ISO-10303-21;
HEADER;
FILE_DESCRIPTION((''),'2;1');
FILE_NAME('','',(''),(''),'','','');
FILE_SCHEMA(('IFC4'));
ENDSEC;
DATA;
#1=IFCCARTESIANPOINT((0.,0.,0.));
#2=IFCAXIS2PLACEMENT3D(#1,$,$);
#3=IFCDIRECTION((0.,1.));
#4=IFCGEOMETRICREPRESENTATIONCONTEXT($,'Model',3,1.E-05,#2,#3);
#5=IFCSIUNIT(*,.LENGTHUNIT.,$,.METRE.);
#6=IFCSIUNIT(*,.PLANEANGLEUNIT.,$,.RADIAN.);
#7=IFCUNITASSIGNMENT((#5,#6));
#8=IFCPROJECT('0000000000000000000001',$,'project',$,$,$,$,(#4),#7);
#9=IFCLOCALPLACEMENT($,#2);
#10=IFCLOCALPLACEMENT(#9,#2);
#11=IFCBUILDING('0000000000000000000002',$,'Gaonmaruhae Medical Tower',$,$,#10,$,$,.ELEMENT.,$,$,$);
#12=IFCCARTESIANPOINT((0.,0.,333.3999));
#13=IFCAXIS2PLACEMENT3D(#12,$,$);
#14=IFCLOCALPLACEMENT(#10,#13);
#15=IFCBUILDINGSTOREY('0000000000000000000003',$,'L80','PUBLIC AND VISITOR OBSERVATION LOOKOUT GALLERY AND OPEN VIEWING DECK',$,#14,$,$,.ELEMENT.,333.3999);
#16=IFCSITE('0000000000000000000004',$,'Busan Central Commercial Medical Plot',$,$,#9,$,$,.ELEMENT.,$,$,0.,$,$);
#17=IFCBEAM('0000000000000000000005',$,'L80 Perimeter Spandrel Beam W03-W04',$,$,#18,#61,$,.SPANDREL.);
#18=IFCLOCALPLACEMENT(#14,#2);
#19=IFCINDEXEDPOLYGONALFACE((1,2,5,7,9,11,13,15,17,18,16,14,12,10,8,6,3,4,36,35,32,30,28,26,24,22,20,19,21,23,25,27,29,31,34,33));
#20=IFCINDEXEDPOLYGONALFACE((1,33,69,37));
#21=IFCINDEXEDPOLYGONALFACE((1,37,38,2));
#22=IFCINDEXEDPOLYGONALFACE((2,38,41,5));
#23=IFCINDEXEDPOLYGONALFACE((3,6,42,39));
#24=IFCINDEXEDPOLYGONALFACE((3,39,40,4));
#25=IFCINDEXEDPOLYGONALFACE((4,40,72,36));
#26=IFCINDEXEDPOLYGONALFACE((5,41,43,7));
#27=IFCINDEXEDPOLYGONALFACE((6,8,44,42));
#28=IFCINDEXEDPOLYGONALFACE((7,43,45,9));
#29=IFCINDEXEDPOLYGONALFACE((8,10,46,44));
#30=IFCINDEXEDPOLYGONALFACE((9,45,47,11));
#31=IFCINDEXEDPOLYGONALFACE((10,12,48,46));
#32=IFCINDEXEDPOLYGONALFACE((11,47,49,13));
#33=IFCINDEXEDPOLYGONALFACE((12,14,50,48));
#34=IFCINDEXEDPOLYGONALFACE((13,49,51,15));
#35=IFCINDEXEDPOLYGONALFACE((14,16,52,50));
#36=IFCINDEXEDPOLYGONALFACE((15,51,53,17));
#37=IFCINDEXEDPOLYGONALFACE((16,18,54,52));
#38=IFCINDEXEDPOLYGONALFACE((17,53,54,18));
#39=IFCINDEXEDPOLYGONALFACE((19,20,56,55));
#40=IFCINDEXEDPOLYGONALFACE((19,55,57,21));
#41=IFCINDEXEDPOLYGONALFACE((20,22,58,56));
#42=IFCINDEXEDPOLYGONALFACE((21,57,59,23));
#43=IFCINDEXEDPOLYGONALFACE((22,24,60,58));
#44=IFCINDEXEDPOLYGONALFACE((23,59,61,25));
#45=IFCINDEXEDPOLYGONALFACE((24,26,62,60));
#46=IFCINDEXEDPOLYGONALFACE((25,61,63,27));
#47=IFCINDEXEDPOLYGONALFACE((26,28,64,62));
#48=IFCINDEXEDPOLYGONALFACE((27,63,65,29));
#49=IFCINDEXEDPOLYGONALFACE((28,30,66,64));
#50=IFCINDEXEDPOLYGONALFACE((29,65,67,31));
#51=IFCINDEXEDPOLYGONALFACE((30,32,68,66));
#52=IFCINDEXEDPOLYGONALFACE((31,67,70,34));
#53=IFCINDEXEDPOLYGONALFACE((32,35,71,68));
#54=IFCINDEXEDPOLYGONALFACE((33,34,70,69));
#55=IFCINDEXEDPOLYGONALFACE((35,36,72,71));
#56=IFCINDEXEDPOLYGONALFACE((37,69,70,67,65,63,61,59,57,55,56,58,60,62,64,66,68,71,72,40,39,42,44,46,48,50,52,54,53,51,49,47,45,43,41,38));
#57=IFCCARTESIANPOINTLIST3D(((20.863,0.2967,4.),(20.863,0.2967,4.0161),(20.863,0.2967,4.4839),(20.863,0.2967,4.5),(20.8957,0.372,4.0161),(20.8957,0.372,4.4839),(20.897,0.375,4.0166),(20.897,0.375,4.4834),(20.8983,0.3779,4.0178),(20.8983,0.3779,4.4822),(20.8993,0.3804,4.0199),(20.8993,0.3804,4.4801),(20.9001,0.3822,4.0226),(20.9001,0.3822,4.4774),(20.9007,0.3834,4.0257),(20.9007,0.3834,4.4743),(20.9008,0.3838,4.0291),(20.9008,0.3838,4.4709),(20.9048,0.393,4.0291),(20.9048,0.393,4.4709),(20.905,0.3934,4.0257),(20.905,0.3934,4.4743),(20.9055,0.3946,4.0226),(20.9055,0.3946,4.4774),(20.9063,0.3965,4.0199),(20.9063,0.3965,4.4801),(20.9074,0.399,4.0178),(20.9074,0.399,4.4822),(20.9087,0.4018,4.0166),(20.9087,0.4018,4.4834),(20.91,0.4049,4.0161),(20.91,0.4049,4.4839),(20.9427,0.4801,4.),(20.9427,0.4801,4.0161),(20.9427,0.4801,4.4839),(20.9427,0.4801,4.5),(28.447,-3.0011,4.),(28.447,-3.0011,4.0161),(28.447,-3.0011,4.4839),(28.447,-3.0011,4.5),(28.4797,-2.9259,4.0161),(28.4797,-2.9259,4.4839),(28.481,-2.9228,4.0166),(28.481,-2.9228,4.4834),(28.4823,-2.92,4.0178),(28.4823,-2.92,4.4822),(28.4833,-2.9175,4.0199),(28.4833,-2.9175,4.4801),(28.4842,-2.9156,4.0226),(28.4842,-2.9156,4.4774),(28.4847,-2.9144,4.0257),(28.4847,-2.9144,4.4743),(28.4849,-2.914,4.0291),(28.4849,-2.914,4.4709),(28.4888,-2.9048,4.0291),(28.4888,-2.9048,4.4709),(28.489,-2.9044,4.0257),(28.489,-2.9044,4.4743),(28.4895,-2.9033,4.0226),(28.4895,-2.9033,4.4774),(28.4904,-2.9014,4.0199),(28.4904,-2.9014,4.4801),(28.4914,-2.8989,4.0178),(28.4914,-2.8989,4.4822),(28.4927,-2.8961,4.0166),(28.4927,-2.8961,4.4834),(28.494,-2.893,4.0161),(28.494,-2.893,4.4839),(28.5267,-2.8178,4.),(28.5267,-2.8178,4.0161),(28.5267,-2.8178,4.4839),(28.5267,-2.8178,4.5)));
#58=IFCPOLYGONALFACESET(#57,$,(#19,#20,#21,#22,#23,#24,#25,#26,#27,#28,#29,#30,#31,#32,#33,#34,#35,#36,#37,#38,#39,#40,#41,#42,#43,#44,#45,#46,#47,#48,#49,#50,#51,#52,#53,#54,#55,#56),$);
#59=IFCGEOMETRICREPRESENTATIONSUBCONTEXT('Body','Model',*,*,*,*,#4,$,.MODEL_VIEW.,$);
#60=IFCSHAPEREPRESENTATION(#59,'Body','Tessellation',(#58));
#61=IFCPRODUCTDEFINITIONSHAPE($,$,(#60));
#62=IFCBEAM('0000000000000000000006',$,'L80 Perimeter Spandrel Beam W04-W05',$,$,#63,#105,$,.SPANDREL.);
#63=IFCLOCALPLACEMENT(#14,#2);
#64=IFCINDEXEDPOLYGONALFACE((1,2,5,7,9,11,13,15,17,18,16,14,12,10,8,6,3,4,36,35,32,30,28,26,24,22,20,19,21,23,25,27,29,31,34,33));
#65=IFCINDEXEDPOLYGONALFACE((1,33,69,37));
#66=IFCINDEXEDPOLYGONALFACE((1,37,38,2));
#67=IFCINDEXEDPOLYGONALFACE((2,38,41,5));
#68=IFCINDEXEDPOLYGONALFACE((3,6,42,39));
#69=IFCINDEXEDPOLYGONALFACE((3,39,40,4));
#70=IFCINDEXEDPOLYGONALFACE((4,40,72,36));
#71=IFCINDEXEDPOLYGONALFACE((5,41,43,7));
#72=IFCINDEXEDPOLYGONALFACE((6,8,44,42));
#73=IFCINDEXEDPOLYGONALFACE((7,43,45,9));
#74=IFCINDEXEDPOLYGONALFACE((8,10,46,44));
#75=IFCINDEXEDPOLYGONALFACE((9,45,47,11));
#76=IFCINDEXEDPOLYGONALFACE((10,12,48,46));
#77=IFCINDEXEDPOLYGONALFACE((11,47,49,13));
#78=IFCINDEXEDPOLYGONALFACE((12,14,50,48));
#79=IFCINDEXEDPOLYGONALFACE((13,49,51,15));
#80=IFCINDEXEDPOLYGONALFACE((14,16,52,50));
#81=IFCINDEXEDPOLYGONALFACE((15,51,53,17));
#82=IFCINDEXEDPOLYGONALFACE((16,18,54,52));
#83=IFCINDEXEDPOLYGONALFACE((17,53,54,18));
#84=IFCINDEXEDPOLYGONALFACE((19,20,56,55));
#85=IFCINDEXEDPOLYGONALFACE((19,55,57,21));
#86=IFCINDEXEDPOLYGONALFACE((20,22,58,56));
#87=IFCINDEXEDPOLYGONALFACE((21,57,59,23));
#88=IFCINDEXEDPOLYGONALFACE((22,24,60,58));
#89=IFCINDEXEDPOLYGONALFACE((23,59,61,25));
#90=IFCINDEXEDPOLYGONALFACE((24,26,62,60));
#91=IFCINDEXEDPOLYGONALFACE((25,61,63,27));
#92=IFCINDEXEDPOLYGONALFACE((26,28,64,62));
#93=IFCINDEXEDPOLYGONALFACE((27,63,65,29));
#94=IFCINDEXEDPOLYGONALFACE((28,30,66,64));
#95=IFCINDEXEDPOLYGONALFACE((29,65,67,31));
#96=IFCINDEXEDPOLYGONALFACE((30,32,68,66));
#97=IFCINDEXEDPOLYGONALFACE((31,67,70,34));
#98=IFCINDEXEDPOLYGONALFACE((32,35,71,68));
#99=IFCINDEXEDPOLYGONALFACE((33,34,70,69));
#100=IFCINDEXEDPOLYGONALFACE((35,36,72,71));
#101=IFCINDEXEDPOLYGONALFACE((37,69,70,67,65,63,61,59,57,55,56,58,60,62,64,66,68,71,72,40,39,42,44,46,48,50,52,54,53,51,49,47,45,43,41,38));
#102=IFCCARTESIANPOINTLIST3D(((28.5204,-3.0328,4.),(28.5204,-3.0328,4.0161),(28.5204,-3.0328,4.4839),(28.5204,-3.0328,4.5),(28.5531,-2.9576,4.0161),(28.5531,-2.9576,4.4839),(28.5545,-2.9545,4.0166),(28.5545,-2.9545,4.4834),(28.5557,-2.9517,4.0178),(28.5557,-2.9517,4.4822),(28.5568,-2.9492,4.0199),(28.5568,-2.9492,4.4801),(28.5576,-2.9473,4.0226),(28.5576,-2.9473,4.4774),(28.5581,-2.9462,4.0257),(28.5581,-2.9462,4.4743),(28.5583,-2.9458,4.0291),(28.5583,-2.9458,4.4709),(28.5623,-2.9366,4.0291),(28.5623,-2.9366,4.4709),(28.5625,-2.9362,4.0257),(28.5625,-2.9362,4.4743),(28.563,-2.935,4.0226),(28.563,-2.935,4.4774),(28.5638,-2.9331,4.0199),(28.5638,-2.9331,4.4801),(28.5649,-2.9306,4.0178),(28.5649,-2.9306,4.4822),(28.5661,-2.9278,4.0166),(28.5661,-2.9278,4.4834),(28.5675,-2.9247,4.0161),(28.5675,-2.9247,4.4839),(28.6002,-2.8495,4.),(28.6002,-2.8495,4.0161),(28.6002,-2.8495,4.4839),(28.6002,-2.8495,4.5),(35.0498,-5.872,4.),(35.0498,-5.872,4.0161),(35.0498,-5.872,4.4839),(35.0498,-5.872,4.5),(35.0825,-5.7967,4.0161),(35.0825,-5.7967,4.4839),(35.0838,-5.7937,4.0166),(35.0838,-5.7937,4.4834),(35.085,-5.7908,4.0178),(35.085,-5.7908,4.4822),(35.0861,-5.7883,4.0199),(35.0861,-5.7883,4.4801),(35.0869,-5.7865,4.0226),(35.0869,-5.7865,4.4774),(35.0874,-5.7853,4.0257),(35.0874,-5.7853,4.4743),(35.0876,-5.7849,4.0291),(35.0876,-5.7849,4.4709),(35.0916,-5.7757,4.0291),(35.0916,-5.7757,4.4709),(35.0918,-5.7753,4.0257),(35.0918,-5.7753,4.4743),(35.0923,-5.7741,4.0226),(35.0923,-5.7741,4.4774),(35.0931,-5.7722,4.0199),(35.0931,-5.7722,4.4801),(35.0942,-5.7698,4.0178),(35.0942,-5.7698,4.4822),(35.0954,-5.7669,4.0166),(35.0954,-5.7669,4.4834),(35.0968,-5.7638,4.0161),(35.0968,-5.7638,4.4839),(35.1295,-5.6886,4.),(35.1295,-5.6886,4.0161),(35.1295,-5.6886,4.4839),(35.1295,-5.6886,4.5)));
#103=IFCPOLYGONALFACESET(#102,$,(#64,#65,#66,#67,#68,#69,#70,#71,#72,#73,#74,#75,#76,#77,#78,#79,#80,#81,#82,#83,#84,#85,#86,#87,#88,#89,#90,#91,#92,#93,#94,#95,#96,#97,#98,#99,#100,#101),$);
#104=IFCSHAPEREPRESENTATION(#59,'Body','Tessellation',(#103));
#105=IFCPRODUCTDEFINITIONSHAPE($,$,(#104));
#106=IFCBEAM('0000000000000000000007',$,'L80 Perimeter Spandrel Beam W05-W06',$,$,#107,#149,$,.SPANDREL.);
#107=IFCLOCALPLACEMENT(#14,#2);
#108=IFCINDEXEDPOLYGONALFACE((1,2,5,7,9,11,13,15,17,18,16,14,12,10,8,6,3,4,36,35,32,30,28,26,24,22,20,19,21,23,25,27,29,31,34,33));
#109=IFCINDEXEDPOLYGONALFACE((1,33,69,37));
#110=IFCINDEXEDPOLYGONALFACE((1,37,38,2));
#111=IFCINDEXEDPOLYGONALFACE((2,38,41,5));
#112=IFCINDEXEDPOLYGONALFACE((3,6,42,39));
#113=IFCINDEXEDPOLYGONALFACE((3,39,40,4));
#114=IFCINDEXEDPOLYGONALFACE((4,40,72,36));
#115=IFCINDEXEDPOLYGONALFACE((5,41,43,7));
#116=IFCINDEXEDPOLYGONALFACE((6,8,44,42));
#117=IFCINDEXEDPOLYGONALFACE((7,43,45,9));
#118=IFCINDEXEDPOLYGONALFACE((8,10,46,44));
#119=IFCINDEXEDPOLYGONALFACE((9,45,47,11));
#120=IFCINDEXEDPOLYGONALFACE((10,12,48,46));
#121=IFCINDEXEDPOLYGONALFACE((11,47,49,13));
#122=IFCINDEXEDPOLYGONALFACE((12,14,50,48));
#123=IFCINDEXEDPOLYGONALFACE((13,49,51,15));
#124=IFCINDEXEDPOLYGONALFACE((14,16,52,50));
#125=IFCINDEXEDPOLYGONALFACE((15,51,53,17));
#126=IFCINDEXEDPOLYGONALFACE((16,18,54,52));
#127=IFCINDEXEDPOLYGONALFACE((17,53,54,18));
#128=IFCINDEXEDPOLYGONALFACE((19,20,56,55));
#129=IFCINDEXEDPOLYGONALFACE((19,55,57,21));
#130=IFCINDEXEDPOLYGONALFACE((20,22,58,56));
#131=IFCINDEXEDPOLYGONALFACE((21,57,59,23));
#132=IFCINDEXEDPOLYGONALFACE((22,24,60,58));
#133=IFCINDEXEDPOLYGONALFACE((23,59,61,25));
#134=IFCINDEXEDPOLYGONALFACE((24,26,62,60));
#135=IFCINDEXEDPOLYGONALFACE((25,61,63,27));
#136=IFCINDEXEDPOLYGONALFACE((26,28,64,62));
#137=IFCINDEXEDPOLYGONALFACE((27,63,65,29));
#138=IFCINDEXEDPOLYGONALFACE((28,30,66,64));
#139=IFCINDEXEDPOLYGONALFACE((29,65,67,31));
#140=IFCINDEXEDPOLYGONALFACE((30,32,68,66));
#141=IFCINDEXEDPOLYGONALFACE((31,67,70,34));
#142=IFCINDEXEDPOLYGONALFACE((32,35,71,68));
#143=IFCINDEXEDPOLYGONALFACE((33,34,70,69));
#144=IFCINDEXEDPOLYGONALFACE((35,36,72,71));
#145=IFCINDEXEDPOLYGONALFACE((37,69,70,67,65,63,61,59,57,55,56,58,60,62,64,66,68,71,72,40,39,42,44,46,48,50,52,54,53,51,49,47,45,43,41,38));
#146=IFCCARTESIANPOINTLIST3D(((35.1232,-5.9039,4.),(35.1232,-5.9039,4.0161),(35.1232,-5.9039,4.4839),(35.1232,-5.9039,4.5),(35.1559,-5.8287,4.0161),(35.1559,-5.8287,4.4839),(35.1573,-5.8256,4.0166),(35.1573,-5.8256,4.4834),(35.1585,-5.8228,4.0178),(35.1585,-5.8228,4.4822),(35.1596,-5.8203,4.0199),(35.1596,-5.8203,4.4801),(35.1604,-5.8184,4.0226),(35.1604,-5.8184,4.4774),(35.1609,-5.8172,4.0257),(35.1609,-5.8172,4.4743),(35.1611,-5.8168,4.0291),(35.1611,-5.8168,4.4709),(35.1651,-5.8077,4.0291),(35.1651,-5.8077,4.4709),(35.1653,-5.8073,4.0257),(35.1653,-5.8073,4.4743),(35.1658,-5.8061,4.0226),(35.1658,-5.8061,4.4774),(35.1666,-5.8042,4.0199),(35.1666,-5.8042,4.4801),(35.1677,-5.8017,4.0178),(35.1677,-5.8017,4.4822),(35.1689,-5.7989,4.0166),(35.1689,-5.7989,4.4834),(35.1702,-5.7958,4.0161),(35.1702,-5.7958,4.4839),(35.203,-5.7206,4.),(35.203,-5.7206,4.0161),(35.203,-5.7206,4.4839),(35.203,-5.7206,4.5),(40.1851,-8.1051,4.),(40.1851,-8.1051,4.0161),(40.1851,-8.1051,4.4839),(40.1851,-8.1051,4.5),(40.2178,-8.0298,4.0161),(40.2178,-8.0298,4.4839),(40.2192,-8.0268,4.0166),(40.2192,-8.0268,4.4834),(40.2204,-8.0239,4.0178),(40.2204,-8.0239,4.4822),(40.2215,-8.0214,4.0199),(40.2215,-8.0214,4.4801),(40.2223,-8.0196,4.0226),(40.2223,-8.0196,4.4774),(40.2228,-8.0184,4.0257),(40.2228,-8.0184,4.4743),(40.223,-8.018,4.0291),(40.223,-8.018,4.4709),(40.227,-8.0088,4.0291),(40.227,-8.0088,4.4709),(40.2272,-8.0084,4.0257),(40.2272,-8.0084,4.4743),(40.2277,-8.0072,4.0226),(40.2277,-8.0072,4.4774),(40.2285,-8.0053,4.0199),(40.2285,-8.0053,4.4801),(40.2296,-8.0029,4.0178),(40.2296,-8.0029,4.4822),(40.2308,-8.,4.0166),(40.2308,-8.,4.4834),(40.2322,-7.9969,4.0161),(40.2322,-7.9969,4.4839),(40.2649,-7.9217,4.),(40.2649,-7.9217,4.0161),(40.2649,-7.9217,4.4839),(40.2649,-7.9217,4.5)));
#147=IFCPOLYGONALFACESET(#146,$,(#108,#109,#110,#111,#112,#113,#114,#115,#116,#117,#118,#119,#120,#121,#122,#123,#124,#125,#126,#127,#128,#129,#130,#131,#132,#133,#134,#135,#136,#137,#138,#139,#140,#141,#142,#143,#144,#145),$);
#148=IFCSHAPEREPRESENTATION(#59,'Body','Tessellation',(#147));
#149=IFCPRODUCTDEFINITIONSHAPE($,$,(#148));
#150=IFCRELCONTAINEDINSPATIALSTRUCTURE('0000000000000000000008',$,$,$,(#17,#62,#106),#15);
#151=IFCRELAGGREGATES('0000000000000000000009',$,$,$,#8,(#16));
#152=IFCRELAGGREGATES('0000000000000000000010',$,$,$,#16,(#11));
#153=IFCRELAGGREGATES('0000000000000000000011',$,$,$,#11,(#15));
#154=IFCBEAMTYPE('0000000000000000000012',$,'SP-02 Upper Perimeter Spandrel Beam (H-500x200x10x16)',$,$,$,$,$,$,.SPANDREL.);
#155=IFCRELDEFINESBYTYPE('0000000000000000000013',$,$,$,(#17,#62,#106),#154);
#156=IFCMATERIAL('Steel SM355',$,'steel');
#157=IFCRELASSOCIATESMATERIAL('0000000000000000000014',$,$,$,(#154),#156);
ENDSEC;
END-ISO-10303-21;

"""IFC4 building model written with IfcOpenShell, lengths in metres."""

from ifc_helpers import new_model, si_unit, direction, frame, origin, origin_2d, place, context, subcontext, project, spatial, i_section, extrude, material, material_profile, profile_set, type_object, element, save


model = new_model("IFC4")

# Units and contexts
model_context = context("Model", 3, precision=1e-05, world=origin(), true_north=direction((0.0, 1.0)))
body_context = subcontext(model_context, "Body", "Model", "MODEL_VIEW")
ifc_project = project(units=[si_unit("LENGTHUNIT", "METRE"), si_unit("PLANEANGLEUNIT", "RADIAN")], contexts=[model_context])

# Site, building, storey
site_placement = place(None, origin())
site = spatial("IfcSite", under=ifc_project, at=site_placement, Name="Busan Central Commercial Medical Plot", CompositionType="ELEMENT", RefElevation=0.0)
building_placement = place(site_placement, origin())
building = spatial("IfcBuilding", under=site, at=building_placement, Name="Gaonmaruhae Medical Tower", CompositionType="ELEMENT")
storey_placement = place(building_placement, frame((0.0, 0.0, 333.3999)))
storey = spatial("IfcBuildingStorey", under=building, at=storey_placement, Name="L80", Description="PUBLIC AND VISITOR OBSERVATION LOOKOUT GALLERY AND OPEN VIEWING DECK", CompositionType="ELEMENT", Elevation=333.3999)

# Beams
ifc_material_1 = material(Name="Steel SM355", Category="steel")
ifc_material_profile_1 = material_profile(ifc_material_1, i_section(OverallWidth=0.2, OverallDepth=0.5, WebThickness=0.01, FlangeThickness=0.0161, FilletRadius=0.0129, at=origin_2d()), Name="H-500x200x10x16")
ifc_profile_set_1 = profile_set([ifc_material_profile_1], Name="Steel SM355")
beam_type_1 = type_object("IfcBeamType", Name="SP-02 Upper Perimeter Spandrel Beam (H-500x200x10x16)", PredefinedType="SPANDREL", material=ifc_profile_set_1)
beam_1_placement = place(storey_placement, frame((20.9028, 0.3884, 4.25), z_axis=(0.917049, -0.398774, 0.0), x_axis=(0.398774, 0.917049, 0.0)))
element("IfcBeam", 1, at=beam_1_placement, inside=storey, type_object=beam_type_1, Name="L80 Perimeter Spandrel Beam W03-W04", PredefinedType="SPANDREL", context=body_context, shape_type="SweptSolid", body=[
    extrude(i_section(OverallWidth=0.2, OverallDepth=0.5, WebThickness=0.01, FlangeThickness=0.0161, FilletRadius=0.0129, at=origin_2d()), origin(), (0.0, 0.0, 1.0), 8.27),
])
beam_2_placement = place(storey_placement, frame((28.5603, -2.9412, 4.25), z_axis=(0.917055, -0.39876, 0.0), x_axis=(0.39876, 0.917055, 0.0)))
element("IfcBeam", 2, at=beam_2_placement, inside=storey, type_object=beam_type_1, Name="L80 Perimeter Spandrel Beam W04-W05", PredefinedType="SPANDREL", context=body_context, shape_type="SweptSolid", body=[
    extrude(i_section(OverallWidth=0.2, OverallDepth=0.5, WebThickness=0.01, FlangeThickness=0.0161, FilletRadius=0.0129, at=origin_2d()), origin(), (0.0, 0.0, 1.0), 7.1199),
])
beam_3_placement = place(storey_placement, frame((35.1631, -5.8123, 4.25), z_axis=(0.91705, -0.398771, 0.0), x_axis=(0.398771, 0.91705, 0.0)))
element("IfcBeam", 3, at=beam_3_placement, inside=storey, type_object=beam_type_1, Name="L80 Perimeter Spandrel Beam W05-W06", PredefinedType="SPANDREL", context=body_context, shape_type="SweptSolid", body=[
    extrude(i_section(OverallWidth=0.2, OverallDepth=0.5, WebThickness=0.01, FlangeThickness=0.0161, FilletRadius=0.0129, at=origin_2d()), origin(), (0.0, 0.0, 1.0), 5.5198),
])

save(model, "model.ifc")
